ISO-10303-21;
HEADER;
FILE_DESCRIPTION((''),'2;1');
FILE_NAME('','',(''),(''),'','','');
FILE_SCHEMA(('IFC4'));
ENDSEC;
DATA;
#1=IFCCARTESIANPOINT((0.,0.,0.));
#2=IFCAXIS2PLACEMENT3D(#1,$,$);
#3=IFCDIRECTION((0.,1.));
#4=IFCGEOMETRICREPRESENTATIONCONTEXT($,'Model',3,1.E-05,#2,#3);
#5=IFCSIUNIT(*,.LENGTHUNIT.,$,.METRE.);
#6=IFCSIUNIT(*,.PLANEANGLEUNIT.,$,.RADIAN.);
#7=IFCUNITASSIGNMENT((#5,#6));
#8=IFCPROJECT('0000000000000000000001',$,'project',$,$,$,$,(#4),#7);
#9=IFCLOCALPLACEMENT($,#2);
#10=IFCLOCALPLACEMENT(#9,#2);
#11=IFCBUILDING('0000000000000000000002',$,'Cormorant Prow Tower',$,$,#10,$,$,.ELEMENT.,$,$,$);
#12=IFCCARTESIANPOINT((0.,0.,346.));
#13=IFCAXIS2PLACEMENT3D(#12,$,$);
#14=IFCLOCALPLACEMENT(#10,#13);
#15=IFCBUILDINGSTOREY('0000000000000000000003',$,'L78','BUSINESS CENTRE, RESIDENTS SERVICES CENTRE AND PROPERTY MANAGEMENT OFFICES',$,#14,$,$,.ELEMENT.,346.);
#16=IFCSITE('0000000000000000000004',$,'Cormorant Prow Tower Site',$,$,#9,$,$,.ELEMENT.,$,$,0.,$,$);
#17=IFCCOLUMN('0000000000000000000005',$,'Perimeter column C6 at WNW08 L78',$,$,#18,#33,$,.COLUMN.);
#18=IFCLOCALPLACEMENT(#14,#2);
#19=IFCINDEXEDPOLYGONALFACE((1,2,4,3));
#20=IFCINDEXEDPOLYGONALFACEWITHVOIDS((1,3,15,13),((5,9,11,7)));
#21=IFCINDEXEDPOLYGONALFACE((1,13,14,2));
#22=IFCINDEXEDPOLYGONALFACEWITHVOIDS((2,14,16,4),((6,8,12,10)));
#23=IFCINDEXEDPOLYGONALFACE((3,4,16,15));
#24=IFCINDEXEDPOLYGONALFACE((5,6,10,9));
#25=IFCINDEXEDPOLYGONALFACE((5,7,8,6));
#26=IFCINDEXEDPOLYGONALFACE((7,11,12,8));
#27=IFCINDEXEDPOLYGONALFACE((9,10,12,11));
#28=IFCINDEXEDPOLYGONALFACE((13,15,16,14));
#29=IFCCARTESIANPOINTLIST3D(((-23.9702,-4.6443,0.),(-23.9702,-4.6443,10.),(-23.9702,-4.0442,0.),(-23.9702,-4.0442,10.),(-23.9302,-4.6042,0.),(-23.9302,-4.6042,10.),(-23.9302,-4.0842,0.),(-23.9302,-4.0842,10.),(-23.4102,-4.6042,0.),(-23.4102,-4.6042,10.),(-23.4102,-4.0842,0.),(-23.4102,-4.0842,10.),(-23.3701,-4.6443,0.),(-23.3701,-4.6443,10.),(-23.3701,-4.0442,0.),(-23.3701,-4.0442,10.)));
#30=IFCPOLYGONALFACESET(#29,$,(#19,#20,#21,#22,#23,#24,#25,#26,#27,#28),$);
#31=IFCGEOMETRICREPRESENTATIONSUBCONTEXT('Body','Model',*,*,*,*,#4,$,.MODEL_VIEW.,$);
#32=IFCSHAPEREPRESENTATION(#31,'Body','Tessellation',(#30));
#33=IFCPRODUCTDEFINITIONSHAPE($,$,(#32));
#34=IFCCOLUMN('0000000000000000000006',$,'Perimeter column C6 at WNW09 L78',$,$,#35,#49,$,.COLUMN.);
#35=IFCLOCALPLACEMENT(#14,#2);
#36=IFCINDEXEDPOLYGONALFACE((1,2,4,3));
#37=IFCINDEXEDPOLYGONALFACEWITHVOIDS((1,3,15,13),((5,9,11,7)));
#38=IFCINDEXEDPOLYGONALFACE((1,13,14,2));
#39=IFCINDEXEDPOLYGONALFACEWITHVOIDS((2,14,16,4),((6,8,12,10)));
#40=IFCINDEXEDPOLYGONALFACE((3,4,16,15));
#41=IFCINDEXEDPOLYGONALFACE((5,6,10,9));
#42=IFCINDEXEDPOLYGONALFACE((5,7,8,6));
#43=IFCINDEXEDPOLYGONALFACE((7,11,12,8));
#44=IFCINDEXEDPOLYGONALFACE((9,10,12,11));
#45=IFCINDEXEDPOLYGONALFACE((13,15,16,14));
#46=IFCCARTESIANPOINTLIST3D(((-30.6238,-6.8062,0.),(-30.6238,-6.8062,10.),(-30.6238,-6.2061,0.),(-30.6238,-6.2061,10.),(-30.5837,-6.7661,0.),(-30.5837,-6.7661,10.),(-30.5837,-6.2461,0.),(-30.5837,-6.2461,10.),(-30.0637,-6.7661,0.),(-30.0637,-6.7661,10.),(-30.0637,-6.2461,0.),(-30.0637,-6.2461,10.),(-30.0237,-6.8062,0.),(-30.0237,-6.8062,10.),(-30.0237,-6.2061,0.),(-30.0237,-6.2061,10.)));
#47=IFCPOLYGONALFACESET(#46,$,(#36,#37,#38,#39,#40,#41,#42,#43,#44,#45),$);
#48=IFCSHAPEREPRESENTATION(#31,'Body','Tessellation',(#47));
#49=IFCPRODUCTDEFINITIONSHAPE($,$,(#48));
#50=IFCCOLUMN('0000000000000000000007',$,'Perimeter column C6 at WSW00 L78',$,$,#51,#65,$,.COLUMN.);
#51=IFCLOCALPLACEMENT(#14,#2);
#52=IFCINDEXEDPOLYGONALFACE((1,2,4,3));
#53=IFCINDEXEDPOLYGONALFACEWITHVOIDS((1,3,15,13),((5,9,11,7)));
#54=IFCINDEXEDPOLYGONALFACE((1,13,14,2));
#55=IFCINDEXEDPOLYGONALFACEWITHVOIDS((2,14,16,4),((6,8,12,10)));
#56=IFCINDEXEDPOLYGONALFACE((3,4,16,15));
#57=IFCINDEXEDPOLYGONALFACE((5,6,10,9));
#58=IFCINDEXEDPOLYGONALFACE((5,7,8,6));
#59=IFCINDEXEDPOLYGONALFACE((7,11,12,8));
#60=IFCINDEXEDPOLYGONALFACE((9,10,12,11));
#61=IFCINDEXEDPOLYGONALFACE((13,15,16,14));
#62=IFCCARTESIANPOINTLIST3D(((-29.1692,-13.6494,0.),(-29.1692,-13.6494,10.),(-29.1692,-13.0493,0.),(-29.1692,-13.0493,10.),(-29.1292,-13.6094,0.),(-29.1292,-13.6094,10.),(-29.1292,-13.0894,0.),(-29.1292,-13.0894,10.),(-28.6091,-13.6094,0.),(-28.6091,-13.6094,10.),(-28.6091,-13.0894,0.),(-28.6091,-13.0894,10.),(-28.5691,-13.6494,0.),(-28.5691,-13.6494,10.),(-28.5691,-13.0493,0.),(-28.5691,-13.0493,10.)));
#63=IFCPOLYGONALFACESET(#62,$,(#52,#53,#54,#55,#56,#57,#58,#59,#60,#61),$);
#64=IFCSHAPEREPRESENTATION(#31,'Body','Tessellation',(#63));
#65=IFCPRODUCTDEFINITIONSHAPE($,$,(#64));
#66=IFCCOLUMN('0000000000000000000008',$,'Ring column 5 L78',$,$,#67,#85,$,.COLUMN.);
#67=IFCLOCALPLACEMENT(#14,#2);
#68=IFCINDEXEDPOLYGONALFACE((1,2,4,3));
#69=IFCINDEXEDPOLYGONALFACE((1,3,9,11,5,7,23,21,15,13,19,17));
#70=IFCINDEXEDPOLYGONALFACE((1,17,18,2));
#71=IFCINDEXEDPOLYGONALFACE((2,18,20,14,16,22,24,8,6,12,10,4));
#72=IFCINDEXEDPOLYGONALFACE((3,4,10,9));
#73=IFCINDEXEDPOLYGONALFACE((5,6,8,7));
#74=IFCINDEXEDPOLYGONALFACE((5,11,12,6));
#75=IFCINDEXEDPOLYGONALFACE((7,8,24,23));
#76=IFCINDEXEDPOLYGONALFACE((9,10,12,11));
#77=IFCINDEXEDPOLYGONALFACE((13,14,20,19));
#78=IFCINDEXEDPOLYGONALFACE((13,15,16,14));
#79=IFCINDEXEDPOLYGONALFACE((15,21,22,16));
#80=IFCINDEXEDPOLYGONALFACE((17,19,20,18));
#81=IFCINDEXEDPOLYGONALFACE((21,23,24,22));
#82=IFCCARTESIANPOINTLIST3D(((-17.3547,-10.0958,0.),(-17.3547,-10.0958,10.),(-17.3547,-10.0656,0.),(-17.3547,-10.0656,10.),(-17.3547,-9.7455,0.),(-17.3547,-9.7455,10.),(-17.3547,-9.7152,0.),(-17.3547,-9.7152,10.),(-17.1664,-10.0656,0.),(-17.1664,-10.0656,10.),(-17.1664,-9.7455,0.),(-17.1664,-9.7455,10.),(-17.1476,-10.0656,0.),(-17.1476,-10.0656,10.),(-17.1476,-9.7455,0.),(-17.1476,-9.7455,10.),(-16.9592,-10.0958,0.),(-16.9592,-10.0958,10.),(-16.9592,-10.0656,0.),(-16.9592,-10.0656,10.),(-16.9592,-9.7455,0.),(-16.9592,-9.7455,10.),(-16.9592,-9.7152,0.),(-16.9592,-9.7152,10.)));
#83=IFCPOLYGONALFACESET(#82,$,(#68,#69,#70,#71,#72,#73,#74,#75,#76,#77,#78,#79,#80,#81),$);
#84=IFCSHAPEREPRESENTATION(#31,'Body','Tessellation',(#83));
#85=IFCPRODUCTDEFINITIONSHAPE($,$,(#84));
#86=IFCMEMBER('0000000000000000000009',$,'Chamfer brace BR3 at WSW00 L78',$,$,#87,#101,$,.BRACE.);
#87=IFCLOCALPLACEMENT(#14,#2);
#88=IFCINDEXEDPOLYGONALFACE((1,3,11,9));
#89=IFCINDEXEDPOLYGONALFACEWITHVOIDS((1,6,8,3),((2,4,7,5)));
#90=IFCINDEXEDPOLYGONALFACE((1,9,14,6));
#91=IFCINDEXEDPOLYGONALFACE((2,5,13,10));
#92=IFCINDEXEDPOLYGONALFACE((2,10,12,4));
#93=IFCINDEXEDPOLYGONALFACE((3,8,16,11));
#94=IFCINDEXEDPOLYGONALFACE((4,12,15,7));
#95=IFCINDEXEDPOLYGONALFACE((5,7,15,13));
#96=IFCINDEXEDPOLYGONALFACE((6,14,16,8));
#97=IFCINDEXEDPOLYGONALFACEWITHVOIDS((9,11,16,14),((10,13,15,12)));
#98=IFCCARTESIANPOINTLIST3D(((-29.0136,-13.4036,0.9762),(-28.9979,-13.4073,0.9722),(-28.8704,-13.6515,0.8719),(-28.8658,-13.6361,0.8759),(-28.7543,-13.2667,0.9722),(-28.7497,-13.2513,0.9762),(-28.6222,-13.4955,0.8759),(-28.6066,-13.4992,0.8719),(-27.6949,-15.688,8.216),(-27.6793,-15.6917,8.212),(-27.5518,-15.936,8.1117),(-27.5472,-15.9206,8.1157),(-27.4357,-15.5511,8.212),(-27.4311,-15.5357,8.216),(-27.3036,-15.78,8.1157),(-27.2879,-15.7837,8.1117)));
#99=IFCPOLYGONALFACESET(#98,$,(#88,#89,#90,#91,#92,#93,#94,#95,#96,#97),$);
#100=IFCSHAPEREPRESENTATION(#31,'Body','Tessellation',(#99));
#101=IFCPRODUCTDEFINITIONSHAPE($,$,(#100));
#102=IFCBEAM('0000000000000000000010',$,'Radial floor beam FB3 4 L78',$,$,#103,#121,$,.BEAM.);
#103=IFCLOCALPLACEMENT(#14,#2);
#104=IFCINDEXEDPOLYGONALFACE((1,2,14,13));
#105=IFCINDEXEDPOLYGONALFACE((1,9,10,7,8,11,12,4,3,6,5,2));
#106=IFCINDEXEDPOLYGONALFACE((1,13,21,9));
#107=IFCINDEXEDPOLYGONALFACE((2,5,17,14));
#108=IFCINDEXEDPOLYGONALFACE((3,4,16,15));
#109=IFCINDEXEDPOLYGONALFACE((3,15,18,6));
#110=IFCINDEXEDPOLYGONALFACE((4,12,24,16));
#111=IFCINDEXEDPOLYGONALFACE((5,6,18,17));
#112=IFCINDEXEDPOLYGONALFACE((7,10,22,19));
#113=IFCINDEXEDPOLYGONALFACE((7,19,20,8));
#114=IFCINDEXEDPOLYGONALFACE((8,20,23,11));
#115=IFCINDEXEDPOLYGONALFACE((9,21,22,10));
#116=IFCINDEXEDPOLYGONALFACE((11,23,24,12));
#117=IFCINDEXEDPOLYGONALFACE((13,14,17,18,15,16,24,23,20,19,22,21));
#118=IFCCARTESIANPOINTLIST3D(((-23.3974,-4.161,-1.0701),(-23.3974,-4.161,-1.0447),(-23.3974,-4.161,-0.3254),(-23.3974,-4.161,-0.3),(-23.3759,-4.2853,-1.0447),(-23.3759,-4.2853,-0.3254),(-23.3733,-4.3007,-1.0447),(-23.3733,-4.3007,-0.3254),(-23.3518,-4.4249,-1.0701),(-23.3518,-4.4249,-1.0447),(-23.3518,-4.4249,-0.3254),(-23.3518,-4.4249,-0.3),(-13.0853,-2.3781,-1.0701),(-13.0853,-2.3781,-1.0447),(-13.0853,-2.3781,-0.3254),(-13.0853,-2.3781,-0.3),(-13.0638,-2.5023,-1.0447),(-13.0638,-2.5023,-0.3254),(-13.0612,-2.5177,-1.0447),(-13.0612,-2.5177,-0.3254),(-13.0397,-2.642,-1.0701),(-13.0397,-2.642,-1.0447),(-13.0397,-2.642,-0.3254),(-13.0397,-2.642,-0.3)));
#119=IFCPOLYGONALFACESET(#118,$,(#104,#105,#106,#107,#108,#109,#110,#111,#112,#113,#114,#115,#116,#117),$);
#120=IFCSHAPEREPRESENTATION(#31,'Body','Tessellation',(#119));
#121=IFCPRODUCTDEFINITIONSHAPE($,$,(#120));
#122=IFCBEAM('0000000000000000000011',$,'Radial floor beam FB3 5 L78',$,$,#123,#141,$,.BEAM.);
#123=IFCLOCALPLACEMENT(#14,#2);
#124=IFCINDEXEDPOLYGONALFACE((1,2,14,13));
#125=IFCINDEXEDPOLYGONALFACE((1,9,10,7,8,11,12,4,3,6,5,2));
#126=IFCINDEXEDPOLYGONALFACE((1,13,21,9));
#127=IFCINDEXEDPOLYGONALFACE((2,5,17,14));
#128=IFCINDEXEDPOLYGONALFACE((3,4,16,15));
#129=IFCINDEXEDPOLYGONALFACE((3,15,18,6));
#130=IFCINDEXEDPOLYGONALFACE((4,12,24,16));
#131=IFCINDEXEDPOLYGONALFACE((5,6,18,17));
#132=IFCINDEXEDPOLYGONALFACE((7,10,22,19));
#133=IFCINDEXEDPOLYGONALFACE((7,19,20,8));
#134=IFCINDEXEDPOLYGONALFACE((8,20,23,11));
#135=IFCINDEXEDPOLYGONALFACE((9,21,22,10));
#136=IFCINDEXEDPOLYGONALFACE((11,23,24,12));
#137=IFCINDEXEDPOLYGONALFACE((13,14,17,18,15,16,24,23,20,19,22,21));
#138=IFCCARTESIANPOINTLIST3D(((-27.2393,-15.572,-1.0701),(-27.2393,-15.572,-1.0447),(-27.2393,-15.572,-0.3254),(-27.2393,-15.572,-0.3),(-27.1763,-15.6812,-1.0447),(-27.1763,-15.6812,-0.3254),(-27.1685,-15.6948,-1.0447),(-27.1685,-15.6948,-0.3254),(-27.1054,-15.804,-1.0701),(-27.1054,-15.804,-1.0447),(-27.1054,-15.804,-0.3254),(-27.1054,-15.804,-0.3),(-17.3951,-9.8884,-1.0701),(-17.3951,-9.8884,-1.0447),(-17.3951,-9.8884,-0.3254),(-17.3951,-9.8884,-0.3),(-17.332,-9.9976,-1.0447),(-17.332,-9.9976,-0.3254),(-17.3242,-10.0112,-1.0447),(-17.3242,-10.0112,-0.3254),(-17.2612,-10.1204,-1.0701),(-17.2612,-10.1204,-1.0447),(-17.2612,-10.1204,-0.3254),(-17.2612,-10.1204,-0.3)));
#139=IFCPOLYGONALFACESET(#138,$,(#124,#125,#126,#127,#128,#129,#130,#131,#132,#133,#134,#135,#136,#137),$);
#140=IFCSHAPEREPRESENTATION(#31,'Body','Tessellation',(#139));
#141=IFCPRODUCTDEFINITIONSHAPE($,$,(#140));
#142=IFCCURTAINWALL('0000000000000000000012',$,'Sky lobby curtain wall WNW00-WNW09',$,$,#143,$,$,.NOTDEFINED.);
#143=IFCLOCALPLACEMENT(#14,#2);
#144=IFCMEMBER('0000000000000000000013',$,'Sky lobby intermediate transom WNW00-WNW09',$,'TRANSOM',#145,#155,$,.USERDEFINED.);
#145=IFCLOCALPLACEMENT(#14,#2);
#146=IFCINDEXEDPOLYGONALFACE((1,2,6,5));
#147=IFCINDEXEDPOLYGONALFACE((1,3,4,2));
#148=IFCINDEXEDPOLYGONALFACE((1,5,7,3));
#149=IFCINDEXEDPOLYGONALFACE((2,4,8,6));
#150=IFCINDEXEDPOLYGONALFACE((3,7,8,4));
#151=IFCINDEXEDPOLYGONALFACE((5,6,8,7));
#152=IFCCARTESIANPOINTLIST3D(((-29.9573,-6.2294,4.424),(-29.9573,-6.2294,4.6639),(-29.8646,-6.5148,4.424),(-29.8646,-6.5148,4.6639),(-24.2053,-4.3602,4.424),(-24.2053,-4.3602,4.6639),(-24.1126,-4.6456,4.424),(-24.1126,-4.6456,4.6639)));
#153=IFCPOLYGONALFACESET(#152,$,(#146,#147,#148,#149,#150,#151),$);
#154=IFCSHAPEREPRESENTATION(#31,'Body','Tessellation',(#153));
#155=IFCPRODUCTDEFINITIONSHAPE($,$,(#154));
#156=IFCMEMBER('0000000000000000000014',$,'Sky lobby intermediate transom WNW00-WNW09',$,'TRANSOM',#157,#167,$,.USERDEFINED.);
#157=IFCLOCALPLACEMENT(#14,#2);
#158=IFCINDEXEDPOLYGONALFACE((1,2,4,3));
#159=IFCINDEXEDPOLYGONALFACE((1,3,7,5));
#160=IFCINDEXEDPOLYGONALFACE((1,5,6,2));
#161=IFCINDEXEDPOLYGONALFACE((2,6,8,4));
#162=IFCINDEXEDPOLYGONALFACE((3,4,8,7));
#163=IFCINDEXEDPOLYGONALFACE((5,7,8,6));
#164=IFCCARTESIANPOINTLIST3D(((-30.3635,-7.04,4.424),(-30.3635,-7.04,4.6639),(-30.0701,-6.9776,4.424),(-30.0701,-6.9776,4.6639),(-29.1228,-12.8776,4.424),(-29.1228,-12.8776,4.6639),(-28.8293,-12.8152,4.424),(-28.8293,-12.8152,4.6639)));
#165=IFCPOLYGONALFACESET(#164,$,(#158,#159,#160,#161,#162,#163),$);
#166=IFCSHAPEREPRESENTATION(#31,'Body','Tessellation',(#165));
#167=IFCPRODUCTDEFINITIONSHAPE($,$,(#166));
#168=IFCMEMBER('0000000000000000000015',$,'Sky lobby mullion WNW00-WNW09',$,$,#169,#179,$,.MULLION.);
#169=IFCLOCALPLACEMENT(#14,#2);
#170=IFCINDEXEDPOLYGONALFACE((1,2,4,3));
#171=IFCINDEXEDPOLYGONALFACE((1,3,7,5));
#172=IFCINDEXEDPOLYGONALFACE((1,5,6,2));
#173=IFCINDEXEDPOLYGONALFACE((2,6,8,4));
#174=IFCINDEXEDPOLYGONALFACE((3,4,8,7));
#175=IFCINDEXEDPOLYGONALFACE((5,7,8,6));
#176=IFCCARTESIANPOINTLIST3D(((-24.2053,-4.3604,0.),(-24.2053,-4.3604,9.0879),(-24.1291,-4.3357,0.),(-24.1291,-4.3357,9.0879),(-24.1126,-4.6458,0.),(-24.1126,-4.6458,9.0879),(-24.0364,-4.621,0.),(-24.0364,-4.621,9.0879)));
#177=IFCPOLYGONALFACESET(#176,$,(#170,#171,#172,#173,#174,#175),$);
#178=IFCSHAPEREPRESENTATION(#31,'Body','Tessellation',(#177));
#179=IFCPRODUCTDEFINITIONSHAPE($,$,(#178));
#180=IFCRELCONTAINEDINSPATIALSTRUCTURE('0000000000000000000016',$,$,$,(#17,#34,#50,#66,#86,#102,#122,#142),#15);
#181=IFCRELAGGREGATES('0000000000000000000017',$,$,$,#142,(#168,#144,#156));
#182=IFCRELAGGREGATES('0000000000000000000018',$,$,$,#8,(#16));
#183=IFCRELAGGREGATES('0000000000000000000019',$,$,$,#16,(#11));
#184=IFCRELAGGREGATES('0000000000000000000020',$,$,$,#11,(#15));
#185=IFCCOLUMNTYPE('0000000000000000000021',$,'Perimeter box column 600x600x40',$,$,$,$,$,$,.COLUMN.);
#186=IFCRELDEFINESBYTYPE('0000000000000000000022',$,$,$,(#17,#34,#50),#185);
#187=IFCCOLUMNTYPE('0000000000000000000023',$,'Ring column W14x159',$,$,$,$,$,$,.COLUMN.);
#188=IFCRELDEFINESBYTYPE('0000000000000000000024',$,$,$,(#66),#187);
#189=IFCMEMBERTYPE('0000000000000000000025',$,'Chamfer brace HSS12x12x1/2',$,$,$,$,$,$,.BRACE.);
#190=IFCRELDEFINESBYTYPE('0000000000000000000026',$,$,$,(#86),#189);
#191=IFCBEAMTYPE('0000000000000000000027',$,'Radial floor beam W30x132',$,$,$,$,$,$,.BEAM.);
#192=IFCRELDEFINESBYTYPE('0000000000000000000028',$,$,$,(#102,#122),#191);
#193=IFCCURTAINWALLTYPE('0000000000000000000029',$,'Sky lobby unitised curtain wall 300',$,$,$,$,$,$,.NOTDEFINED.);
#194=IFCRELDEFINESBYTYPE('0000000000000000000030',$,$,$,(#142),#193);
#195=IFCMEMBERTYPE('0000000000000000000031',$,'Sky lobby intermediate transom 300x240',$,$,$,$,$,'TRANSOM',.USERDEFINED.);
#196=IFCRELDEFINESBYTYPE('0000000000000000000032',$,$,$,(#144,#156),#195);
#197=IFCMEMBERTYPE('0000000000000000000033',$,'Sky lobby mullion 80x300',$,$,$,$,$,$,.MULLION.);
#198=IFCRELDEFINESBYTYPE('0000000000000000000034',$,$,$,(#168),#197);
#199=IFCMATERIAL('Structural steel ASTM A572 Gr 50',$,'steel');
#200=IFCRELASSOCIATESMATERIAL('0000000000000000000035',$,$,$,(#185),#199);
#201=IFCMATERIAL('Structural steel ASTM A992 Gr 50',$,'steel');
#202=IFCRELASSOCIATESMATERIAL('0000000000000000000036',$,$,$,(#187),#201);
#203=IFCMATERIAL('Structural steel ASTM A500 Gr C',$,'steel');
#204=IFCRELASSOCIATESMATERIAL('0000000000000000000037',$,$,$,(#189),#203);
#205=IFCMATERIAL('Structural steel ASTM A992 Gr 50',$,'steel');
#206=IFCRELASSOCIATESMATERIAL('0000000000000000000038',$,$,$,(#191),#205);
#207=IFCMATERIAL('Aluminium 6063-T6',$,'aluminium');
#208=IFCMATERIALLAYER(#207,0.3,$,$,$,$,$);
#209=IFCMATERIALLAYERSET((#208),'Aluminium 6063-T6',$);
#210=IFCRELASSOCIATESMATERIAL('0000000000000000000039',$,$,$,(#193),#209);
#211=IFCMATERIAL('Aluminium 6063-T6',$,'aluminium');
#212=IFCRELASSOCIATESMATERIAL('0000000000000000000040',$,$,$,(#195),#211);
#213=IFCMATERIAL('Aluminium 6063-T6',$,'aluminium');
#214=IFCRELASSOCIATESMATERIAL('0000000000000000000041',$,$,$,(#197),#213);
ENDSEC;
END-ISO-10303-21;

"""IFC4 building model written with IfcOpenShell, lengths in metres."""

from ifc_helpers import new_model, si_unit, direction, frame, origin, origin_2d, place, context, subcontext, project, spatial, rectangle, hollow_rectangle, i_section, extrude, material, layer, layer_set, material_profile, profile_set, type_object, element, aggregate, save


model = new_model("IFC4")

# Units and contexts
model_context = context("Model", 3, precision=1e-05, world=origin(), true_north=direction((0.0, 1.0)))
body_context = subcontext(model_context, "Body", "Model", "MODEL_VIEW")
ifc_project = project(units=[si_unit("LENGTHUNIT", "METRE"), si_unit("PLANEANGLEUNIT", "RADIAN")], contexts=[model_context])

# Site, building, storey
site_placement = place(None, origin())
site = spatial("IfcSite", under=ifc_project, at=site_placement, Name="Cormorant Prow Tower Site", CompositionType="ELEMENT", RefElevation=0.0)
building_placement = place(site_placement, origin())
building = spatial("IfcBuilding", under=site, at=building_placement, Name="Cormorant Prow Tower", CompositionType="ELEMENT")
storey_placement = place(building_placement, frame((0.0, 0.0, 346.0)))
storey = spatial("IfcBuildingStorey", under=building, at=storey_placement, Name="L78", Description="BUSINESS CENTRE, RESIDENTS SERVICES CENTRE AND PROPERTY MANAGEMENT OFFICES", CompositionType="ELEMENT", Elevation=346.0)

# Columns
ifc_material_1 = material(Name="Structural steel ASTM A572 Gr 50", Category="steel")
ifc_material_profile_1 = material_profile(ifc_material_1, hollow_rectangle(XDim=0.6001, YDim=0.6001, WallThickness=0.04, at=origin_2d()), Name="Box 600x600x40")
ifc_profile_set_1 = profile_set([ifc_material_profile_1], Name="Structural steel ASTM A572 Gr 50")
column_type_1 = type_object("IfcColumnType", Name="Perimeter box column 600x600x40", PredefinedType="COLUMN", material=ifc_profile_set_1)
for number, where, z_axis, x_axis, name in (
    (1, (-23.6702, -4.3442, 0.0), (0.0, 0.0, 1.0), (1.0, 0.0, 0.0), "Perimeter column C6 at WNW08 L78"),
    (2, (-30.3237, -6.5061, 0.0), (0.0, 0.0, 1.0), (1.0, 0.0, 0.0), "Perimeter column C6 at WNW09 L78"),
    (3, (-28.8691, -13.3494, 0.0), (0.0, 0.0, 1.0), (1.0, 0.0, 0.0), "Perimeter column C6 at WSW00 L78"),
):
    element("IfcColumn", number, at=place(storey_placement, frame(where, z_axis=z_axis, x_axis=x_axis)), inside=storey, type_object=column_type_1, Name=name, PredefinedType="COLUMN", context=body_context, shape_type="SweptSolid", body=[
        extrude(hollow_rectangle(XDim=0.6001, YDim=0.6001, WallThickness=0.04, at=origin_2d()), origin(), (0.0, 0.0, 1.0), 10.0),
    ])
ifc_material_2 = material(Name="Structural steel ASTM A992 Gr 50", Category="steel")
ifc_material_profile_2 = material_profile(ifc_material_2, i_section(OverallWidth=0.3955, OverallDepth=0.3806, WebThickness=0.0188, FlangeThickness=0.0303, at=origin_2d()), Name="W14x159")
ifc_profile_set_2 = profile_set([ifc_material_profile_2], Name="Structural steel ASTM A992 Gr 50")
column_type_2 = type_object("IfcColumnType", Name="Ring column W14x159", PredefinedType="COLUMN", material=ifc_profile_set_2)
column_placement = place(storey_placement, frame((-17.157, -9.9055, 0.0), z_axis=(0.0, 0.0, 1.0), x_axis=(1.0, 0.0, 0.0)))
element("IfcColumn", 4, at=column_placement, inside=storey, type_object=column_type_2, Name="Ring column 5 L78", PredefinedType="COLUMN", context=body_context, shape_type="SweptSolid", body=[
    extrude(i_section(OverallWidth=0.3955, OverallDepth=0.3806, WebThickness=0.0188, FlangeThickness=0.0303, at=origin_2d()), origin(), (0.0, 0.0, 1.0), 10.0),
])

# Member
ifc_material_3 = material(Name="Structural steel ASTM A500 Gr C", Category="steel")
ifc_material_profile_3 = material_profile(ifc_material_3, hollow_rectangle(XDim=0.3047, YDim=0.3047, WallThickness=0.0117, at=origin_2d()), Name="HSS12x12x1/2")
ifc_profile_set_3 = profile_set([ifc_material_profile_3], Name="Structural steel ASTM A500 Gr C")
member_type_1 = type_object("IfcMemberType", Name="Chamfer brace HSS12x12x1/2", PredefinedType="BRACE", material=ifc_profile_set_3)
member_1_placement = place(storey_placement, frame((-28.8101, -13.4514, 0.9241), z_axis=(0.17113, -0.296475, 0.939583), x_axis=(0.866076, 0.499912, 0.0)))
element("IfcMember", 5, at=member_1_placement, inside=storey, type_object=member_type_1, Name="Chamfer brace BR3 at WSW00 L78", PredefinedType="BRACE", context=body_context, shape_type="SweptSolid", body=[
    extrude(hollow_rectangle(XDim=0.3047, YDim=0.3047, WallThickness=0.0117, at=origin_2d()), origin(), (0.0, 0.0, 1.0), 7.7053),
])

# Beams
ifc_material_4 = material(Name="Structural steel ASTM A992 Gr 50", Category="steel")
ifc_material_profile_4 = material_profile(ifc_material_4, i_section(OverallWidth=0.2678, OverallDepth=0.77, WebThickness=0.0156, FlangeThickness=0.0254, at=origin_2d()), Name="W30x132")
ifc_profile_set_4 = profile_set([ifc_material_profile_4], Name="Structural steel ASTM A992 Gr 50")
beam_type_1 = type_object("IfcBeamType", Name="Radial floor beam W30x132", PredefinedType="BEAM", material=ifc_profile_set_4)
beam_1_placement = place(storey_placement, frame((-13.0625, -2.51, -0.6851), z_axis=(-0.98538, -0.170373, 0.0), x_axis=(0.170373, -0.98538, 0.0)))
element("IfcBeam", 6, at=beam_1_placement, inside=storey, type_object=beam_type_1, Name="Radial floor beam FB3 4 L78", PredefinedType="BEAM", context=body_context, shape_type="SweptSolid", body=[
    extrude(i_section(OverallWidth=0.2678, OverallDepth=0.77, WebThickness=0.0156, FlangeThickness=0.0254, at=origin_2d()), origin(), (0.0, 0.0, 1.0), 10.4651),
])
beam_2_placement = place(storey_placement, frame((-17.3281, -10.0044, -0.6851), z_axis=(-0.866025, -0.500001, 0.0), x_axis=(0.500001, -0.866025, 0.0)))
element("IfcBeam", 7, at=beam_2_placement, inside=storey, type_object=beam_type_1, Name="Radial floor beam FB3 5 L78", PredefinedType="BEAM", context=body_context, shape_type="SweptSolid", body=[
    extrude(i_section(OverallWidth=0.2678, OverallDepth=0.77, WebThickness=0.0156, FlangeThickness=0.0254, at=origin_2d()), origin(), (0.0, 0.0, 1.0), 11.3672),
])

# Curtain wall, members
ifc_material_5 = material(Name="Aluminium 6063-T6", Category="aluminium")
ifc_layer_1 = layer(ifc_material_5, 0.3)
ifc_layer_set_1 = layer_set([ifc_layer_1], Name="Aluminium 6063-T6")
curtain_wall_type = type_object("IfcCurtainWallType", Name="Sky lobby unitised curtain wall 300", PredefinedType="NOTDEFINED", material=ifc_layer_set_1)
curtain_wall_placement = place(storey_placement, origin())
curtain_wall = element("IfcCurtainWall", 8, at=curtain_wall_placement, inside=storey, type_object=curtain_wall_type, Name="Sky lobby curtain wall WNW00-WNW09", PredefinedType="NOTDEFINED")
ifc_material_6 = material(Name="Aluminium 6063-T6", Category="aluminium")
ifc_material_profile_5 = material_profile(ifc_material_6, rectangle(XDim=0.3, YDim=0.24, at=origin_2d()), Name="Sky lobby intermediate transom 300x240")
ifc_profile_set_5 = profile_set([ifc_material_profile_5], Name="Aluminium 6063-T6")
member_type_2 = type_object("IfcMemberType", Name="Sky lobby intermediate transom 300x240", ElementType="TRANSOM", PredefinedType="USERDEFINED", material=ifc_profile_set_5)
member_2_placement = place(storey_placement, frame((-24.1589, -4.5029, 4.5439), z_axis=(-0.951046, -0.30905, 0.0), x_axis=(0.30905, -0.951046, 0.0)))
member_2 = element("IfcMember", 9, at=member_2_placement, type_object=member_type_2, Name="Sky lobby intermediate transom WNW00-WNW09", ObjectType="TRANSOM", PredefinedType="USERDEFINED", context=body_context, shape_type="SweptSolid", body=[
    extrude(rectangle(XDim=0.3, YDim=0.24, at=origin_2d()), origin(), (0.0, 0.0, 1.0), 6.0481),
])
member_3_placement = place(storey_placement, frame((-30.2168, -7.0088, 4.5439), z_axis=(0.207894, -0.978151, 0.0), x_axis=(0.978151, 0.207894, 0.0)))
member_3 = element("IfcMember", 10, at=member_3_placement, type_object=member_type_2, Name="Sky lobby intermediate transom WNW00-WNW09", ObjectType="TRANSOM", PredefinedType="USERDEFINED", context=body_context, shape_type="SweptSolid", body=[
    extrude(rectangle(XDim=0.3, YDim=0.24, at=origin_2d()), origin(), (0.0, 0.0, 1.0), 5.968),
])
ifc_material_7 = material(Name="Aluminium 6063-T6", Category="aluminium")
ifc_material_profile_6 = material_profile(ifc_material_7, rectangle(XDim=0.3, YDim=0.0801, at=origin_2d()), Name="Sky lobby mullion 80x300")
ifc_profile_set_6 = profile_set([ifc_material_profile_6], Name="Aluminium 6063-T6")
member_type_3 = type_object("IfcMemberType", Name="Sky lobby mullion 80x300", PredefinedType="MULLION", material=ifc_profile_set_6)
member_4_placement = place(storey_placement, frame((-24.1208, -4.4907, 0.0), z_axis=(0.0, 0.0, 1.0), x_axis=(0.309017, -0.951057, 0.0)))
member_4 = element("IfcMember", 11, at=member_4_placement, type_object=member_type_3, Name="Sky lobby mullion WNW00-WNW09", PredefinedType="MULLION", context=body_context, shape_type="SweptSolid", body=[
    extrude(rectangle(XDim=0.3, YDim=0.0801, at=origin_2d()), origin(), (0.0, 0.0, 1.0), 9.0879),
])

aggregate(curtain_wall, [member_4, member_2, member_3])

save(model, "model.ifc")
